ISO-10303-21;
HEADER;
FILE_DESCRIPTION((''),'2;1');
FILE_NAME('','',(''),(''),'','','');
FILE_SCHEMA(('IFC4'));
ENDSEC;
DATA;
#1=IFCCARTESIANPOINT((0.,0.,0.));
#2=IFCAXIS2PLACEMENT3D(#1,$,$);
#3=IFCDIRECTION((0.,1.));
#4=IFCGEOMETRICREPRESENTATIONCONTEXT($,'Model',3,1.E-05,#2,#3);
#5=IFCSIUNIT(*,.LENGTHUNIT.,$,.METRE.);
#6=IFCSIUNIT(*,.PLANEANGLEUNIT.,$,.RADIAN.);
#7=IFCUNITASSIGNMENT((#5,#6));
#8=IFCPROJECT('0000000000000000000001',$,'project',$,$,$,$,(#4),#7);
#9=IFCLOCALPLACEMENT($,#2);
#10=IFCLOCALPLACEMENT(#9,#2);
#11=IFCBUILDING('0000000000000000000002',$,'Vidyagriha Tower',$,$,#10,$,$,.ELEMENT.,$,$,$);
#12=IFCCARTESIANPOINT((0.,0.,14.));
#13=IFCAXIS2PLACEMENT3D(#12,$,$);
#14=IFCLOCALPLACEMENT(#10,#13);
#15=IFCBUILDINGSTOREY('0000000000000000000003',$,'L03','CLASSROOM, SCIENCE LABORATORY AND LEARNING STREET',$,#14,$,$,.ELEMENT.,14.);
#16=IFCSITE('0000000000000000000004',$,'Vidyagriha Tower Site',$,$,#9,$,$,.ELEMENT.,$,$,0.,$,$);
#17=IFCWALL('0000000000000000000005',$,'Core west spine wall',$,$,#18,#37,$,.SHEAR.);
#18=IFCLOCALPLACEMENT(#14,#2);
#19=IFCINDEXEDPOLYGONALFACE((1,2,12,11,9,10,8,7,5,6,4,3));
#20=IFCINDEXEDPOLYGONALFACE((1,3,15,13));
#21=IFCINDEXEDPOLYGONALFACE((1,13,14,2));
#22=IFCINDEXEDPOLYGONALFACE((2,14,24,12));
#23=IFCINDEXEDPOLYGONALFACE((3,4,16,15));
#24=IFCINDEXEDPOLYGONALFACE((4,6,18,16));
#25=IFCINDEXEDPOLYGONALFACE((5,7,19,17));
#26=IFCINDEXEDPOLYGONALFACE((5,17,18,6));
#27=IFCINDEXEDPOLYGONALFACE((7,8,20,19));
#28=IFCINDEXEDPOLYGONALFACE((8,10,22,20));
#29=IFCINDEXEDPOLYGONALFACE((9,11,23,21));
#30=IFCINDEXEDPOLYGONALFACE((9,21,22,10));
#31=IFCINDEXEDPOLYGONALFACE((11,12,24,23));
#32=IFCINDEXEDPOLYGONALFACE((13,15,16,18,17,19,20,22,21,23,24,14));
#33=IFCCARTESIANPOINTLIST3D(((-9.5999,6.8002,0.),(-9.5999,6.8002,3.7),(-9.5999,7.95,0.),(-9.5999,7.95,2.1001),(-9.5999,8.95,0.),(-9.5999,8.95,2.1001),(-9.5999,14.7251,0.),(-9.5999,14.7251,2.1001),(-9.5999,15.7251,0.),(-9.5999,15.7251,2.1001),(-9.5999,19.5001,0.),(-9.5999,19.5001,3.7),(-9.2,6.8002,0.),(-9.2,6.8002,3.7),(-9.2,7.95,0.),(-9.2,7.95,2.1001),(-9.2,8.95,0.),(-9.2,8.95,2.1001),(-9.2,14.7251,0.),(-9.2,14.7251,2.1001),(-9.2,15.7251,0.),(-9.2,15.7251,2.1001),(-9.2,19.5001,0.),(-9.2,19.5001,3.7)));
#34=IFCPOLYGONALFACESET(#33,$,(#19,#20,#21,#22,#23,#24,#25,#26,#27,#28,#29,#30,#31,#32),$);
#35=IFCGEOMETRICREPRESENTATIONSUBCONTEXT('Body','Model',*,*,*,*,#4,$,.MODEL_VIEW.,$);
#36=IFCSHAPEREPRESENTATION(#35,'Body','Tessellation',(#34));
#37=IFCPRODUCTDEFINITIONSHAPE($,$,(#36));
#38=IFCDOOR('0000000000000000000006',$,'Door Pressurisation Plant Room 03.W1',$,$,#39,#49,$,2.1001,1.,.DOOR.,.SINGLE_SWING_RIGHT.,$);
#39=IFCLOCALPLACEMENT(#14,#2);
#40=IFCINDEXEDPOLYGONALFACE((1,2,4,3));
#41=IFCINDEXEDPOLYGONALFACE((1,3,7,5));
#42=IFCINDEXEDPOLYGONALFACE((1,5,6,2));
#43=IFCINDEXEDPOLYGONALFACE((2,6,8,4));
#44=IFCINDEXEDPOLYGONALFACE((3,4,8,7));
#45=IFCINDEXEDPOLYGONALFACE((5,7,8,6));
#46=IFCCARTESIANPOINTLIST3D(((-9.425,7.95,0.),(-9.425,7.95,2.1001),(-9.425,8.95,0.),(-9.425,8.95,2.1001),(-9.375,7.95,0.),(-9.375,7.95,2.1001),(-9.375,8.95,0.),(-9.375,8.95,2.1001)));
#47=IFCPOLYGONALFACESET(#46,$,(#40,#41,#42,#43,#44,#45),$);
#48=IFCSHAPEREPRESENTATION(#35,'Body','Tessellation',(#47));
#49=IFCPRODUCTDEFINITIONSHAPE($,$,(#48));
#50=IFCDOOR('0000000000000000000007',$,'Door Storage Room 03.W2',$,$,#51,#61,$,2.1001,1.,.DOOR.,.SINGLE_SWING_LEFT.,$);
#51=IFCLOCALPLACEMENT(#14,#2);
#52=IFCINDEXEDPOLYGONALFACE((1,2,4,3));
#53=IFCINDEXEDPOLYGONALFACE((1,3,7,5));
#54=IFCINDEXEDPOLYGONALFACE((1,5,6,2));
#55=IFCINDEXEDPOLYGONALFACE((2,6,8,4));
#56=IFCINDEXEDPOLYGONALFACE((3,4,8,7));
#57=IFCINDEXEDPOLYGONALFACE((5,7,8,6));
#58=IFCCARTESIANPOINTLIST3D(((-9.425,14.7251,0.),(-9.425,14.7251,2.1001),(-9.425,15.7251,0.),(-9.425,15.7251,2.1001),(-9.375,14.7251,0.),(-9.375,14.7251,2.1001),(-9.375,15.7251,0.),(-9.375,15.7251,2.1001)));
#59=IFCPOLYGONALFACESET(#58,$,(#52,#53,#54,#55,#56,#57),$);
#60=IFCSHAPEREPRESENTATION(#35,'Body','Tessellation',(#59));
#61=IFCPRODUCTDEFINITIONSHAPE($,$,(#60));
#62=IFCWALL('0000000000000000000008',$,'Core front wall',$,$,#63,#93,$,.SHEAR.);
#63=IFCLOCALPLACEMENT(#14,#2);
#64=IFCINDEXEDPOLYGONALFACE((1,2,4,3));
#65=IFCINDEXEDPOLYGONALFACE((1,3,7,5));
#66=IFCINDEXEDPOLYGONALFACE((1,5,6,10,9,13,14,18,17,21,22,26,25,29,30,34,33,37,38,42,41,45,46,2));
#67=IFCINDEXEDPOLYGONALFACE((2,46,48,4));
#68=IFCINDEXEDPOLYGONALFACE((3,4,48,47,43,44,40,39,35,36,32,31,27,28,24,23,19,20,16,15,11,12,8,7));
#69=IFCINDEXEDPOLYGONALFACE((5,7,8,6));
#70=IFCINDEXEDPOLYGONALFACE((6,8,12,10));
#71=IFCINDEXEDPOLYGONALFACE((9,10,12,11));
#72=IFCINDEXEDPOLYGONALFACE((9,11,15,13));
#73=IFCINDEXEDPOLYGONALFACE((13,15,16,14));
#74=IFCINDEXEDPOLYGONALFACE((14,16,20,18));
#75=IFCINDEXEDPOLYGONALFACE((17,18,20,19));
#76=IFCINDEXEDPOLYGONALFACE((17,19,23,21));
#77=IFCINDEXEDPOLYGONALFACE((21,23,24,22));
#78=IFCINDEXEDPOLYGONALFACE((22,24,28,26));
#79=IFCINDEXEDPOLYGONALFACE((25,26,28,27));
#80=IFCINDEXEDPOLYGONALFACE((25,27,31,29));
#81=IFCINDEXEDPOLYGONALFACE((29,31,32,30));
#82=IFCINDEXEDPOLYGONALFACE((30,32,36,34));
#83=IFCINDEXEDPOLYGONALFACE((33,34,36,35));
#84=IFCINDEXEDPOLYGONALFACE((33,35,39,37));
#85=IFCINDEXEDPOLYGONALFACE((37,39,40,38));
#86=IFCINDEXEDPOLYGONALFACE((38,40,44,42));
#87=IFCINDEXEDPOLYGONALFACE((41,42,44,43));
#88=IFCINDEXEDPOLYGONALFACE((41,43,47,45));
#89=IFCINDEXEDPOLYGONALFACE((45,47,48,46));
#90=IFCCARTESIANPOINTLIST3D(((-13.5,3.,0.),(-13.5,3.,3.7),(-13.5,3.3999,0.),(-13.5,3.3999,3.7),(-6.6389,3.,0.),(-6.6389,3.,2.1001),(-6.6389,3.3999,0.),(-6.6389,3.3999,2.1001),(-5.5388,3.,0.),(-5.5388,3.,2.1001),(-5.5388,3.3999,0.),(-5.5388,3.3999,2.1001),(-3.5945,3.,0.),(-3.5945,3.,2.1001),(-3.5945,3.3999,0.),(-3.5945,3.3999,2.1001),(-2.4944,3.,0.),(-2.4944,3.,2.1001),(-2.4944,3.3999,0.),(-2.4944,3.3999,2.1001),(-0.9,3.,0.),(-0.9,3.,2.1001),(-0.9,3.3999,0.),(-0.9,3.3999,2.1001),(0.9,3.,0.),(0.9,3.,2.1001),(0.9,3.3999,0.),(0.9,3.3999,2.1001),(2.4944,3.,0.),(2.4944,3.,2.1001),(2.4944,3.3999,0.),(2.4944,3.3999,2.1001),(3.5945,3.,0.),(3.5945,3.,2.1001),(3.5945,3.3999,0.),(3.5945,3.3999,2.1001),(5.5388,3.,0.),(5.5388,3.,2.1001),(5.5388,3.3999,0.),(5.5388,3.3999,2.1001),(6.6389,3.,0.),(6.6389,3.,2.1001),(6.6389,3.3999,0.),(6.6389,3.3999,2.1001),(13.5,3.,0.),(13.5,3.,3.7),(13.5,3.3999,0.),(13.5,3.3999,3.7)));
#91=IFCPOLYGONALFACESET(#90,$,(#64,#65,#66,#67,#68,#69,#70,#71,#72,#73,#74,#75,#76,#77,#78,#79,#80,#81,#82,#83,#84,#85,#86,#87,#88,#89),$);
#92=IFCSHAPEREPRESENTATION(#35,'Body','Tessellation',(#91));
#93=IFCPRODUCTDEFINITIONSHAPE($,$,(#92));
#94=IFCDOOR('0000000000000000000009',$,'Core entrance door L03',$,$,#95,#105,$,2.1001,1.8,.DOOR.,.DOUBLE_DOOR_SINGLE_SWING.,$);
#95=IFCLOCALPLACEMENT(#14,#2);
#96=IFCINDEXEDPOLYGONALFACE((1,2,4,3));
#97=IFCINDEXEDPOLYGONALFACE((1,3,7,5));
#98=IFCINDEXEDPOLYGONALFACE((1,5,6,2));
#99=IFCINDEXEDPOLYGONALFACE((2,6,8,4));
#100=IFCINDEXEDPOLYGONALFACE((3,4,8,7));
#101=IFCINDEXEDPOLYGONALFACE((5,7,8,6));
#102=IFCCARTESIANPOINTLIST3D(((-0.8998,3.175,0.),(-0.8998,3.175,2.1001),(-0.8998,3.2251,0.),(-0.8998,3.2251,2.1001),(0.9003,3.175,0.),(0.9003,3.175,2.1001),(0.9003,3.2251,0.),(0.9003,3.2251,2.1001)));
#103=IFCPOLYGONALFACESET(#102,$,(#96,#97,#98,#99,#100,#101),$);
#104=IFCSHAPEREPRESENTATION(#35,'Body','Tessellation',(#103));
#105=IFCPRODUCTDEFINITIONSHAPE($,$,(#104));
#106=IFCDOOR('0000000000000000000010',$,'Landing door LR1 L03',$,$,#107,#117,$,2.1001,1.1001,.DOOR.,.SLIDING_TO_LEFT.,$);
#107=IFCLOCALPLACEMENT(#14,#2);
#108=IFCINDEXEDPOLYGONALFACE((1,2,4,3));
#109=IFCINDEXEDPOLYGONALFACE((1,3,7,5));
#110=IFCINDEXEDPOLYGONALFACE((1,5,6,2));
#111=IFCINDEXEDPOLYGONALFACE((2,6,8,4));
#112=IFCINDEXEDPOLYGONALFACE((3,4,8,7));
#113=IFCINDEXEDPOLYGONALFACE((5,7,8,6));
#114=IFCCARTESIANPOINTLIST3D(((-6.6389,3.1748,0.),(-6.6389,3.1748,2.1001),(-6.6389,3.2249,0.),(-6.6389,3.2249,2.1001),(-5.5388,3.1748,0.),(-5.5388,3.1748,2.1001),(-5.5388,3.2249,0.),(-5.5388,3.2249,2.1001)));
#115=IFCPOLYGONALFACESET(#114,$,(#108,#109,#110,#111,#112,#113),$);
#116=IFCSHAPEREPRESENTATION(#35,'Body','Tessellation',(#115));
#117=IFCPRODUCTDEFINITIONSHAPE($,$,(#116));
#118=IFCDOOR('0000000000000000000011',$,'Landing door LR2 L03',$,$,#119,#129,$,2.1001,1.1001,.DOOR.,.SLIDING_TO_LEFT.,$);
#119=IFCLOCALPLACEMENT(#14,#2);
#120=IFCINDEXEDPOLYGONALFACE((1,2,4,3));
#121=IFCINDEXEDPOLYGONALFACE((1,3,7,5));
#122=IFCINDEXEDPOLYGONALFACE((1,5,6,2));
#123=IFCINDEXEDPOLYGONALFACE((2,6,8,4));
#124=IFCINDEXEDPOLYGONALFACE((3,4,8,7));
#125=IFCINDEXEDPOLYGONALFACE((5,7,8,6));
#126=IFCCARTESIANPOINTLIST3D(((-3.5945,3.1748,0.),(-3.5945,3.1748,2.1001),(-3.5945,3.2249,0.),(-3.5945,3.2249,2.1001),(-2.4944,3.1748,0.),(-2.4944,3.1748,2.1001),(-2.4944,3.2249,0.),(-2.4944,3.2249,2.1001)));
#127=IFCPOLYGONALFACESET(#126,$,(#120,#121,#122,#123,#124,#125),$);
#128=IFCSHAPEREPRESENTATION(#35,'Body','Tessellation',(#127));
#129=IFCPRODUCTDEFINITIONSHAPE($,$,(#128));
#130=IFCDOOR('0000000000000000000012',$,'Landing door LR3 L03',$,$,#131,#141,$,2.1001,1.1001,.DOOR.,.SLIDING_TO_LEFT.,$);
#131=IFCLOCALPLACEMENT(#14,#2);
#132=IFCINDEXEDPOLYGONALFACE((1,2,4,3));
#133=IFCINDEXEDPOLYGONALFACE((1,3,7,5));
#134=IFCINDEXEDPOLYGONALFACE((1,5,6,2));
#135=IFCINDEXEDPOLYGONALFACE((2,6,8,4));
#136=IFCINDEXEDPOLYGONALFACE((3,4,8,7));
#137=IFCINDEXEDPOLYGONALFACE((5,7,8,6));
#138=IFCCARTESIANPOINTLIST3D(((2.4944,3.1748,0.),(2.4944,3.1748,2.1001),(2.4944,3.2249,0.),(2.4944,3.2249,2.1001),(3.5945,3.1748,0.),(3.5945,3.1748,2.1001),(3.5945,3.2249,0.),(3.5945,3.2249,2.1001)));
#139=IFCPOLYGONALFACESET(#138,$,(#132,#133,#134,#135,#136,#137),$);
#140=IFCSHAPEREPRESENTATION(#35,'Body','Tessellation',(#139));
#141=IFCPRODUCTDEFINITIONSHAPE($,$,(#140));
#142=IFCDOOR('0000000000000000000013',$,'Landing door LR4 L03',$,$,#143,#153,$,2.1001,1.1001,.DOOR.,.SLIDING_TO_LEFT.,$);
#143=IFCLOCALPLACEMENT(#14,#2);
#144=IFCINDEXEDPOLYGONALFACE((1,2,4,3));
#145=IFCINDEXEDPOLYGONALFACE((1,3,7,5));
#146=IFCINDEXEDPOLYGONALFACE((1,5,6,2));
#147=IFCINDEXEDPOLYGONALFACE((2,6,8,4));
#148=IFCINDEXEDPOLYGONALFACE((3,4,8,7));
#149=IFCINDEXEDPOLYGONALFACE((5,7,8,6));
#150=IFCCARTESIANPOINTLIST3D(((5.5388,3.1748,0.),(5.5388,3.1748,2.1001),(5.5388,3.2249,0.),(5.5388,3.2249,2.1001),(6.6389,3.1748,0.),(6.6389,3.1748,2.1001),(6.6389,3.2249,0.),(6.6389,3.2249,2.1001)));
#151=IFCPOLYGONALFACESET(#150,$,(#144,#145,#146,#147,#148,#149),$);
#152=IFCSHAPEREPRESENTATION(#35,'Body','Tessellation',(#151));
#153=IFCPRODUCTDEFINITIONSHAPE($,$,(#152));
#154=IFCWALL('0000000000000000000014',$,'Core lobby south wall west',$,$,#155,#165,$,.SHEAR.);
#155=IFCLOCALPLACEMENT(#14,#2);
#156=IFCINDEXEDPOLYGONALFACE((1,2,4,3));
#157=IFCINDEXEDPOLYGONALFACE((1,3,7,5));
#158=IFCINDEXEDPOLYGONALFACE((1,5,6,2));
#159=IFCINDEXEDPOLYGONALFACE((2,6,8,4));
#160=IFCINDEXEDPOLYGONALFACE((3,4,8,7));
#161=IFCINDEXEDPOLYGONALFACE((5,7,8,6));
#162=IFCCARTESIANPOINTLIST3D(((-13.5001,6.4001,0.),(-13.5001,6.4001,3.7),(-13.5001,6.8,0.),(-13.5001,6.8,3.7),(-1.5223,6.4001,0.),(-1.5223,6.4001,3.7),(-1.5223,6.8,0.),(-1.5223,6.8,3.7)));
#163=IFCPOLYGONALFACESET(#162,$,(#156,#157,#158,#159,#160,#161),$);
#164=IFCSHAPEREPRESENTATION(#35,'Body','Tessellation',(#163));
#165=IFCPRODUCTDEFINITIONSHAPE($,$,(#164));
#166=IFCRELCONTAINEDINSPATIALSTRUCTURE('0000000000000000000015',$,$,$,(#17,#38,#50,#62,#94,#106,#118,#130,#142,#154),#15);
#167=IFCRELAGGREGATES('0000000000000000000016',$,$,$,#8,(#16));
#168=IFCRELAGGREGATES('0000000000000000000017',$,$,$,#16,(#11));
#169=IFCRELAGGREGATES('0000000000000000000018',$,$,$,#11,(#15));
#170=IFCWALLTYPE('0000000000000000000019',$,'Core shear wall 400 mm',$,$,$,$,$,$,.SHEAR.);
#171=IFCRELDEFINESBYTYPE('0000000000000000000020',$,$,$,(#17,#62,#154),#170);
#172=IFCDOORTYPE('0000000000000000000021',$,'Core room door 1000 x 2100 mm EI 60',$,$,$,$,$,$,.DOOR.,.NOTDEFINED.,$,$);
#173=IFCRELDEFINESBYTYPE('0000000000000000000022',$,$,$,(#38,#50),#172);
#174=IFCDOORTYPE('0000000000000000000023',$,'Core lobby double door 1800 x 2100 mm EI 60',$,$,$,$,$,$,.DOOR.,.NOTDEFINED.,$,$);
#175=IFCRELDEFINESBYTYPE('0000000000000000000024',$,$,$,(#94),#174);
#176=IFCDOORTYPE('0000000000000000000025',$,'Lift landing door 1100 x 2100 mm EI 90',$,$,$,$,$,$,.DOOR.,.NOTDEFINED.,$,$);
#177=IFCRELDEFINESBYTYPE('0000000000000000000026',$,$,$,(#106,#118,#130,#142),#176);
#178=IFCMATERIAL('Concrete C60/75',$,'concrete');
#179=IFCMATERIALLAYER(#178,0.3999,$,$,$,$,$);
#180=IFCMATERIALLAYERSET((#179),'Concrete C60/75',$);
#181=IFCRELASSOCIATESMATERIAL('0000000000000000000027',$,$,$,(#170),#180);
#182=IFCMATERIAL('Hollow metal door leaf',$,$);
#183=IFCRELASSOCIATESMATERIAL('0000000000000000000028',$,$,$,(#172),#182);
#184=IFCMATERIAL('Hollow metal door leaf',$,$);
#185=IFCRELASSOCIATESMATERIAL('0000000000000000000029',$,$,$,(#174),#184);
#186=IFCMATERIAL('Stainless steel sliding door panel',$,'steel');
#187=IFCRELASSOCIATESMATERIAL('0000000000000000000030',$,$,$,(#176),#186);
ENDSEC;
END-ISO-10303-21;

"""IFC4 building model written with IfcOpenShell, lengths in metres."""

from ifc_helpers import new_model, si_unit, direction, frame, frame_2d, origin, place, context, subcontext, project, spatial, rectangle, extrude, material, layer, layer_set, type_object, element, fill, save


model = new_model("IFC4")

# Units and contexts
model_context = context("Model", 3, precision=1e-05, world=origin(), true_north=direction((0.0, 1.0)))
body_context = subcontext(model_context, "Body", "Model", "MODEL_VIEW")
ifc_project = project(units=[si_unit("LENGTHUNIT", "METRE"), si_unit("PLANEANGLEUNIT", "RADIAN")], contexts=[model_context])

# Site, building, storey
site_placement = place(None, origin())
site = spatial("IfcSite", under=ifc_project, at=site_placement, Name="Vidyagriha Tower Site", CompositionType="ELEMENT", RefElevation=0.0)
building_placement = place(site_placement, origin())
building = spatial("IfcBuilding", under=site, at=building_placement, Name="Vidyagriha Tower", CompositionType="ELEMENT")
storey_placement = place(building_placement, frame((0.0, 0.0, 14.0)))
storey = spatial("IfcBuildingStorey", under=building, at=storey_placement, Name="L03", Description="CLASSROOM, SCIENCE LABORATORY AND LEARNING STREET", CompositionType="ELEMENT", Elevation=14.0)

# Walls, openings, doors
ifc_material_1 = material(Name="Concrete C60/75", Category="concrete")
ifc_layer_1 = layer(ifc_material_1, 0.3999)
ifc_layer_set_1 = layer_set([ifc_layer_1], Name="Concrete C60/75")
wall_type_1 = type_object("IfcWallType", Name="Core shear wall 400 mm", PredefinedType="SHEAR", material=ifc_layer_set_1)
wall_1_placement = place(storey_placement, frame((-9.3999, 6.8, 0.0), z_axis=(0.0, 0.0, 1.0), x_axis=(0.0, 1.0, 0.0)))
wall_1 = element("IfcWall", 1, at=wall_1_placement, inside=storey, type_object=wall_type_1, Name="Core west spine wall", PredefinedType="SHEAR", context=body_context, shape_type="SweptSolid", body=[
    extrude(rectangle(XDim=12.7, YDim=0.3999, at=frame_2d((6.3501, 0.0))), origin(), (0.0, 0.0, 1.0), 3.7),
])
opening_1_placement = place(wall_1_placement, frame((1.1499, 0.0, 0.0)))
opening_1 = element("IfcOpeningElement", 2, at=opening_1_placement, cuts=wall_1, PredefinedType="OPENING", context=body_context, shape_type="SweptSolid", body=[
    extrude(rectangle(XDim=1.0, YDim=2.1001, at=frame_2d((0.5, 1.05))), frame((0.0, 0.21, 0.0), z_axis=(0.0, -1.0, 0.0), x_axis=(1.0, 0.0, 0.0)), (0.0, 0.0, 1.0), 0.4199),
])
opening_2_placement = place(wall_1_placement, frame((7.925, 0.0, 0.0)))
opening_2 = element("IfcOpeningElement", 3, at=opening_2_placement, cuts=wall_1, PredefinedType="OPENING", context=body_context, shape_type="SweptSolid", body=[
    extrude(rectangle(XDim=1.0, YDim=2.1001, at=frame_2d((0.5, 1.05))), frame((0.0, 0.21, 0.0), z_axis=(0.0, -1.0, 0.0), x_axis=(1.0, 0.0, 0.0)), (0.0, 0.0, 1.0), 0.4199),
])
ifc_material_2 = material(Name="Hollow metal door leaf")
door_type_1 = type_object("IfcDoorType", Name="Core room door 1000 x 2100 mm EI 60", OperationType="NOTDEFINED", PredefinedType="DOOR", material=ifc_material_2)
door_1_placement = place(opening_1_placement, frame((1.0, 0.0, 0.0), z_axis=(0.0, 0.0, 1.0), x_axis=(-1.0, 0.0, 0.0)))
door_1 = element("IfcDoor", 4, at=door_1_placement, inside=storey, type_object=door_type_1, Name="Door Pressurisation Plant Room 03.W1", OperationType="SINGLE_SWING_RIGHT", OverallHeight=2.1001, OverallWidth=1.0, PredefinedType="DOOR", context=body_context, shape_type="SweptSolid", body=[
    extrude(rectangle(XDim=1.0, YDim=2.1001, at=frame_2d((0.5, 1.05))), frame((0.0, 0.0249, 0.0), z_axis=(0.0, -1.0, 0.0), x_axis=(1.0, 0.0, 0.0)), (0.0, 0.0, 1.0), 0.05),
])
fill(opening_1, door_1)
door_2_placement = place(opening_2_placement, frame((1.0, 0.0, 0.0), z_axis=(0.0, 0.0, 1.0), x_axis=(-1.0, 0.0, 0.0)))
door_2 = element("IfcDoor", 5, at=door_2_placement, inside=storey, type_object=door_type_1, Name="Door Storage Room 03.W2", OperationType="SINGLE_SWING_LEFT", OverallHeight=2.1001, OverallWidth=1.0, PredefinedType="DOOR", context=body_context, shape_type="SweptSolid", body=[
    extrude(rectangle(XDim=1.0, YDim=2.1001, at=frame_2d((0.5, 1.05))), frame((0.0, 0.0249, 0.0), z_axis=(0.0, -1.0, 0.0), x_axis=(1.0, 0.0, 0.0)), (0.0, 0.0, 1.0), 0.05),
])
fill(opening_2, door_2)
wall_2_placement = place(storey_placement, frame((-13.5, 3.2, 0.0)))
wall_2 = element("IfcWall", 6, at=wall_2_placement, inside=storey, type_object=wall_type_1, Name="Core front wall", PredefinedType="SHEAR", context=body_context, shape_type="SweptSolid", body=[
    extrude(rectangle(XDim=27.0, YDim=0.3999, at=frame_2d((13.5, 0.0))), origin(), (0.0, 0.0, 1.0), 3.7),
])
opening_3_placement = place(wall_2_placement, frame((6.8611, 0.0, 0.0)))
opening_3 = element("IfcOpeningElement", 7, at=opening_3_placement, cuts=wall_2, PredefinedType="OPENING", context=body_context, shape_type="SweptSolid", body=[
    extrude(rectangle(XDim=1.1001, YDim=2.1001, at=frame_2d((0.55, 1.05))), frame((0.0, 0.21, 0.0), z_axis=(0.0, -1.0, 0.0), x_axis=(1.0, 0.0, 0.0)), (0.0, 0.0, 1.0), 0.4199),
])
opening_4_placement = place(wall_2_placement, frame((9.9055, 0.0, 0.0)))
opening_4 = element("IfcOpeningElement", 8, at=opening_4_placement, cuts=wall_2, PredefinedType="OPENING", context=body_context, shape_type="SweptSolid", body=[
    extrude(rectangle(XDim=1.1001, YDim=2.1001, at=frame_2d((0.55, 1.05))), frame((0.0, 0.21, 0.0), z_axis=(0.0, -1.0, 0.0), x_axis=(1.0, 0.0, 0.0)), (0.0, 0.0, 1.0), 0.4199),
])
opening_5_placement = place(wall_2_placement, frame((15.9944, 0.0, 0.0)))
opening_5 = element("IfcOpeningElement", 9, at=opening_5_placement, cuts=wall_2, PredefinedType="OPENING", context=body_context, shape_type="SweptSolid", body=[
    extrude(rectangle(XDim=1.1001, YDim=2.1001, at=frame_2d((0.55, 1.05))), frame((0.0, 0.21, 0.0), z_axis=(0.0, -1.0, 0.0), x_axis=(1.0, 0.0, 0.0)), (0.0, 0.0, 1.0), 0.4199),
])
opening_6_placement = place(wall_2_placement, frame((19.0388, 0.0, 0.0)))
opening_6 = element("IfcOpeningElement", 10, at=opening_6_placement, cuts=wall_2, PredefinedType="OPENING", context=body_context, shape_type="SweptSolid", body=[
    extrude(rectangle(XDim=1.1001, YDim=2.1001, at=frame_2d((0.55, 1.05))), frame((0.0, 0.21, 0.0), z_axis=(0.0, -1.0, 0.0), x_axis=(1.0, 0.0, 0.0)), (0.0, 0.0, 1.0), 0.4199),
])
opening_7_placement = place(wall_2_placement, frame((12.6001, 0.0, 0.0)))
opening_7 = element("IfcOpeningElement", 11, at=opening_7_placement, cuts=wall_2, PredefinedType="OPENING", context=body_context, shape_type="SweptSolid", body=[
    extrude(rectangle(XDim=1.8, YDim=2.1001, at=frame_2d((0.8999, 1.05))), frame((0.0, 0.21, 0.0), z_axis=(0.0, -1.0, 0.0), x_axis=(1.0, 0.0, 0.0)), (0.0, 0.0, 1.0), 0.4199),
])
ifc_material_3 = material(Name="Hollow metal door leaf")
door_type_2 = type_object("IfcDoorType", Name="Core lobby double door 1800 x 2100 mm EI 60", OperationType="NOTDEFINED", PredefinedType="DOOR", material=ifc_material_3)
door_3_placement = place(opening_7_placement, frame((1.8, 0.0, 0.0), z_axis=(0.0, 0.0, 1.0), x_axis=(-1.0, 0.0, 0.0)))
door_3 = element("IfcDoor", 12, at=door_3_placement, inside=storey, type_object=door_type_2, Name="Core entrance door L03", OperationType="DOUBLE_DOOR_SINGLE_SWING", OverallHeight=2.1001, OverallWidth=1.8, PredefinedType="DOOR", context=body_context, shape_type="SweptSolid", body=[
    extrude(rectangle(XDim=1.8, YDim=2.1001, at=frame_2d((0.8999, 1.05))), frame((0.0, 0.0249, 0.0), z_axis=(0.0, -1.0, 0.0), x_axis=(1.0, 0.0, 0.0)), (0.0, 0.0, 1.0), 0.05),
])
fill(opening_7, door_3)
ifc_material_4 = material(Name="Stainless steel sliding door panel", Category="steel")
door_type_3 = type_object("IfcDoorType", Name="Lift landing door 1100 x 2100 mm EI 90", OperationType="NOTDEFINED", PredefinedType="DOOR", material=ifc_material_4)
door_4_placement = place(opening_3_placement, origin())
door_4 = element("IfcDoor", 13, at=door_4_placement, inside=storey, type_object=door_type_3, Name="Landing door LR1 L03", OperationType="SLIDING_TO_LEFT", OverallHeight=2.1001, OverallWidth=1.1001, PredefinedType="DOOR", context=body_context, shape_type="SweptSolid", body=[
    extrude(rectangle(XDim=1.1001, YDim=2.1001, at=frame_2d((0.55, 1.05))), frame((0.0, 0.0249, 0.0), z_axis=(0.0, -1.0, 0.0), x_axis=(1.0, 0.0, 0.0)), (0.0, 0.0, 1.0), 0.05),
])
fill(opening_3, door_4)
door_5_placement = place(opening_4_placement, origin())
door_5 = element("IfcDoor", 14, at=door_5_placement, inside=storey, type_object=door_type_3, Name="Landing door LR2 L03", OperationType="SLIDING_TO_LEFT", OverallHeight=2.1001, OverallWidth=1.1001, PredefinedType="DOOR", context=body_context, shape_type="SweptSolid", body=[
    extrude(rectangle(XDim=1.1001, YDim=2.1001, at=frame_2d((0.55, 1.05))), frame((0.0, 0.0249, 0.0), z_axis=(0.0, -1.0, 0.0), x_axis=(1.0, 0.0, 0.0)), (0.0, 0.0, 1.0), 0.05),
])
fill(opening_4, door_5)
door_6_placement = place(opening_5_placement, origin())
door_6 = element("IfcDoor", 15, at=door_6_placement, inside=storey, type_object=door_type_3, Name="Landing door LR3 L03", OperationType="SLIDING_TO_LEFT", OverallHeight=2.1001, OverallWidth=1.1001, PredefinedType="DOOR", context=body_context, shape_type="SweptSolid", body=[
    extrude(rectangle(XDim=1.1001, YDim=2.1001, at=frame_2d((0.55, 1.05))), frame((0.0, 0.0249, 0.0), z_axis=(0.0, -1.0, 0.0), x_axis=(1.0, 0.0, 0.0)), (0.0, 0.0, 1.0), 0.05),
])
fill(opening_5, door_6)
door_7_placement = place(opening_6_placement, origin())
door_7 = element("IfcDoor", 16, at=door_7_placement, inside=storey, type_object=door_type_3, Name="Landing door LR4 L03", OperationType="SLIDING_TO_LEFT", OverallHeight=2.1001, OverallWidth=1.1001, PredefinedType="DOOR", context=body_context, shape_type="SweptSolid", body=[
    extrude(rectangle(XDim=1.1001, YDim=2.1001, at=frame_2d((0.55, 1.05))), frame((0.0, 0.0249, 0.0), z_axis=(0.0, -1.0, 0.0), x_axis=(1.0, 0.0, 0.0)), (0.0, 0.0, 1.0), 0.05),
])
fill(opening_6, door_7)

# Wall
wall_3_placement = place(storey_placement, frame((-13.5, 6.6001, 0.0)))
element("IfcWall", 17, at=wall_3_placement, inside=storey, type_object=wall_type_1, Name="Core lobby south wall west", PredefinedType="SHEAR", context=body_context, shape_type="SweptSolid", body=[
    extrude(rectangle(XDim=11.9778, YDim=0.3999, at=frame_2d((5.9888, 0.0))), origin(), (0.0, 0.0, 1.0), 3.7),
])

save(model, "model.ifc")
